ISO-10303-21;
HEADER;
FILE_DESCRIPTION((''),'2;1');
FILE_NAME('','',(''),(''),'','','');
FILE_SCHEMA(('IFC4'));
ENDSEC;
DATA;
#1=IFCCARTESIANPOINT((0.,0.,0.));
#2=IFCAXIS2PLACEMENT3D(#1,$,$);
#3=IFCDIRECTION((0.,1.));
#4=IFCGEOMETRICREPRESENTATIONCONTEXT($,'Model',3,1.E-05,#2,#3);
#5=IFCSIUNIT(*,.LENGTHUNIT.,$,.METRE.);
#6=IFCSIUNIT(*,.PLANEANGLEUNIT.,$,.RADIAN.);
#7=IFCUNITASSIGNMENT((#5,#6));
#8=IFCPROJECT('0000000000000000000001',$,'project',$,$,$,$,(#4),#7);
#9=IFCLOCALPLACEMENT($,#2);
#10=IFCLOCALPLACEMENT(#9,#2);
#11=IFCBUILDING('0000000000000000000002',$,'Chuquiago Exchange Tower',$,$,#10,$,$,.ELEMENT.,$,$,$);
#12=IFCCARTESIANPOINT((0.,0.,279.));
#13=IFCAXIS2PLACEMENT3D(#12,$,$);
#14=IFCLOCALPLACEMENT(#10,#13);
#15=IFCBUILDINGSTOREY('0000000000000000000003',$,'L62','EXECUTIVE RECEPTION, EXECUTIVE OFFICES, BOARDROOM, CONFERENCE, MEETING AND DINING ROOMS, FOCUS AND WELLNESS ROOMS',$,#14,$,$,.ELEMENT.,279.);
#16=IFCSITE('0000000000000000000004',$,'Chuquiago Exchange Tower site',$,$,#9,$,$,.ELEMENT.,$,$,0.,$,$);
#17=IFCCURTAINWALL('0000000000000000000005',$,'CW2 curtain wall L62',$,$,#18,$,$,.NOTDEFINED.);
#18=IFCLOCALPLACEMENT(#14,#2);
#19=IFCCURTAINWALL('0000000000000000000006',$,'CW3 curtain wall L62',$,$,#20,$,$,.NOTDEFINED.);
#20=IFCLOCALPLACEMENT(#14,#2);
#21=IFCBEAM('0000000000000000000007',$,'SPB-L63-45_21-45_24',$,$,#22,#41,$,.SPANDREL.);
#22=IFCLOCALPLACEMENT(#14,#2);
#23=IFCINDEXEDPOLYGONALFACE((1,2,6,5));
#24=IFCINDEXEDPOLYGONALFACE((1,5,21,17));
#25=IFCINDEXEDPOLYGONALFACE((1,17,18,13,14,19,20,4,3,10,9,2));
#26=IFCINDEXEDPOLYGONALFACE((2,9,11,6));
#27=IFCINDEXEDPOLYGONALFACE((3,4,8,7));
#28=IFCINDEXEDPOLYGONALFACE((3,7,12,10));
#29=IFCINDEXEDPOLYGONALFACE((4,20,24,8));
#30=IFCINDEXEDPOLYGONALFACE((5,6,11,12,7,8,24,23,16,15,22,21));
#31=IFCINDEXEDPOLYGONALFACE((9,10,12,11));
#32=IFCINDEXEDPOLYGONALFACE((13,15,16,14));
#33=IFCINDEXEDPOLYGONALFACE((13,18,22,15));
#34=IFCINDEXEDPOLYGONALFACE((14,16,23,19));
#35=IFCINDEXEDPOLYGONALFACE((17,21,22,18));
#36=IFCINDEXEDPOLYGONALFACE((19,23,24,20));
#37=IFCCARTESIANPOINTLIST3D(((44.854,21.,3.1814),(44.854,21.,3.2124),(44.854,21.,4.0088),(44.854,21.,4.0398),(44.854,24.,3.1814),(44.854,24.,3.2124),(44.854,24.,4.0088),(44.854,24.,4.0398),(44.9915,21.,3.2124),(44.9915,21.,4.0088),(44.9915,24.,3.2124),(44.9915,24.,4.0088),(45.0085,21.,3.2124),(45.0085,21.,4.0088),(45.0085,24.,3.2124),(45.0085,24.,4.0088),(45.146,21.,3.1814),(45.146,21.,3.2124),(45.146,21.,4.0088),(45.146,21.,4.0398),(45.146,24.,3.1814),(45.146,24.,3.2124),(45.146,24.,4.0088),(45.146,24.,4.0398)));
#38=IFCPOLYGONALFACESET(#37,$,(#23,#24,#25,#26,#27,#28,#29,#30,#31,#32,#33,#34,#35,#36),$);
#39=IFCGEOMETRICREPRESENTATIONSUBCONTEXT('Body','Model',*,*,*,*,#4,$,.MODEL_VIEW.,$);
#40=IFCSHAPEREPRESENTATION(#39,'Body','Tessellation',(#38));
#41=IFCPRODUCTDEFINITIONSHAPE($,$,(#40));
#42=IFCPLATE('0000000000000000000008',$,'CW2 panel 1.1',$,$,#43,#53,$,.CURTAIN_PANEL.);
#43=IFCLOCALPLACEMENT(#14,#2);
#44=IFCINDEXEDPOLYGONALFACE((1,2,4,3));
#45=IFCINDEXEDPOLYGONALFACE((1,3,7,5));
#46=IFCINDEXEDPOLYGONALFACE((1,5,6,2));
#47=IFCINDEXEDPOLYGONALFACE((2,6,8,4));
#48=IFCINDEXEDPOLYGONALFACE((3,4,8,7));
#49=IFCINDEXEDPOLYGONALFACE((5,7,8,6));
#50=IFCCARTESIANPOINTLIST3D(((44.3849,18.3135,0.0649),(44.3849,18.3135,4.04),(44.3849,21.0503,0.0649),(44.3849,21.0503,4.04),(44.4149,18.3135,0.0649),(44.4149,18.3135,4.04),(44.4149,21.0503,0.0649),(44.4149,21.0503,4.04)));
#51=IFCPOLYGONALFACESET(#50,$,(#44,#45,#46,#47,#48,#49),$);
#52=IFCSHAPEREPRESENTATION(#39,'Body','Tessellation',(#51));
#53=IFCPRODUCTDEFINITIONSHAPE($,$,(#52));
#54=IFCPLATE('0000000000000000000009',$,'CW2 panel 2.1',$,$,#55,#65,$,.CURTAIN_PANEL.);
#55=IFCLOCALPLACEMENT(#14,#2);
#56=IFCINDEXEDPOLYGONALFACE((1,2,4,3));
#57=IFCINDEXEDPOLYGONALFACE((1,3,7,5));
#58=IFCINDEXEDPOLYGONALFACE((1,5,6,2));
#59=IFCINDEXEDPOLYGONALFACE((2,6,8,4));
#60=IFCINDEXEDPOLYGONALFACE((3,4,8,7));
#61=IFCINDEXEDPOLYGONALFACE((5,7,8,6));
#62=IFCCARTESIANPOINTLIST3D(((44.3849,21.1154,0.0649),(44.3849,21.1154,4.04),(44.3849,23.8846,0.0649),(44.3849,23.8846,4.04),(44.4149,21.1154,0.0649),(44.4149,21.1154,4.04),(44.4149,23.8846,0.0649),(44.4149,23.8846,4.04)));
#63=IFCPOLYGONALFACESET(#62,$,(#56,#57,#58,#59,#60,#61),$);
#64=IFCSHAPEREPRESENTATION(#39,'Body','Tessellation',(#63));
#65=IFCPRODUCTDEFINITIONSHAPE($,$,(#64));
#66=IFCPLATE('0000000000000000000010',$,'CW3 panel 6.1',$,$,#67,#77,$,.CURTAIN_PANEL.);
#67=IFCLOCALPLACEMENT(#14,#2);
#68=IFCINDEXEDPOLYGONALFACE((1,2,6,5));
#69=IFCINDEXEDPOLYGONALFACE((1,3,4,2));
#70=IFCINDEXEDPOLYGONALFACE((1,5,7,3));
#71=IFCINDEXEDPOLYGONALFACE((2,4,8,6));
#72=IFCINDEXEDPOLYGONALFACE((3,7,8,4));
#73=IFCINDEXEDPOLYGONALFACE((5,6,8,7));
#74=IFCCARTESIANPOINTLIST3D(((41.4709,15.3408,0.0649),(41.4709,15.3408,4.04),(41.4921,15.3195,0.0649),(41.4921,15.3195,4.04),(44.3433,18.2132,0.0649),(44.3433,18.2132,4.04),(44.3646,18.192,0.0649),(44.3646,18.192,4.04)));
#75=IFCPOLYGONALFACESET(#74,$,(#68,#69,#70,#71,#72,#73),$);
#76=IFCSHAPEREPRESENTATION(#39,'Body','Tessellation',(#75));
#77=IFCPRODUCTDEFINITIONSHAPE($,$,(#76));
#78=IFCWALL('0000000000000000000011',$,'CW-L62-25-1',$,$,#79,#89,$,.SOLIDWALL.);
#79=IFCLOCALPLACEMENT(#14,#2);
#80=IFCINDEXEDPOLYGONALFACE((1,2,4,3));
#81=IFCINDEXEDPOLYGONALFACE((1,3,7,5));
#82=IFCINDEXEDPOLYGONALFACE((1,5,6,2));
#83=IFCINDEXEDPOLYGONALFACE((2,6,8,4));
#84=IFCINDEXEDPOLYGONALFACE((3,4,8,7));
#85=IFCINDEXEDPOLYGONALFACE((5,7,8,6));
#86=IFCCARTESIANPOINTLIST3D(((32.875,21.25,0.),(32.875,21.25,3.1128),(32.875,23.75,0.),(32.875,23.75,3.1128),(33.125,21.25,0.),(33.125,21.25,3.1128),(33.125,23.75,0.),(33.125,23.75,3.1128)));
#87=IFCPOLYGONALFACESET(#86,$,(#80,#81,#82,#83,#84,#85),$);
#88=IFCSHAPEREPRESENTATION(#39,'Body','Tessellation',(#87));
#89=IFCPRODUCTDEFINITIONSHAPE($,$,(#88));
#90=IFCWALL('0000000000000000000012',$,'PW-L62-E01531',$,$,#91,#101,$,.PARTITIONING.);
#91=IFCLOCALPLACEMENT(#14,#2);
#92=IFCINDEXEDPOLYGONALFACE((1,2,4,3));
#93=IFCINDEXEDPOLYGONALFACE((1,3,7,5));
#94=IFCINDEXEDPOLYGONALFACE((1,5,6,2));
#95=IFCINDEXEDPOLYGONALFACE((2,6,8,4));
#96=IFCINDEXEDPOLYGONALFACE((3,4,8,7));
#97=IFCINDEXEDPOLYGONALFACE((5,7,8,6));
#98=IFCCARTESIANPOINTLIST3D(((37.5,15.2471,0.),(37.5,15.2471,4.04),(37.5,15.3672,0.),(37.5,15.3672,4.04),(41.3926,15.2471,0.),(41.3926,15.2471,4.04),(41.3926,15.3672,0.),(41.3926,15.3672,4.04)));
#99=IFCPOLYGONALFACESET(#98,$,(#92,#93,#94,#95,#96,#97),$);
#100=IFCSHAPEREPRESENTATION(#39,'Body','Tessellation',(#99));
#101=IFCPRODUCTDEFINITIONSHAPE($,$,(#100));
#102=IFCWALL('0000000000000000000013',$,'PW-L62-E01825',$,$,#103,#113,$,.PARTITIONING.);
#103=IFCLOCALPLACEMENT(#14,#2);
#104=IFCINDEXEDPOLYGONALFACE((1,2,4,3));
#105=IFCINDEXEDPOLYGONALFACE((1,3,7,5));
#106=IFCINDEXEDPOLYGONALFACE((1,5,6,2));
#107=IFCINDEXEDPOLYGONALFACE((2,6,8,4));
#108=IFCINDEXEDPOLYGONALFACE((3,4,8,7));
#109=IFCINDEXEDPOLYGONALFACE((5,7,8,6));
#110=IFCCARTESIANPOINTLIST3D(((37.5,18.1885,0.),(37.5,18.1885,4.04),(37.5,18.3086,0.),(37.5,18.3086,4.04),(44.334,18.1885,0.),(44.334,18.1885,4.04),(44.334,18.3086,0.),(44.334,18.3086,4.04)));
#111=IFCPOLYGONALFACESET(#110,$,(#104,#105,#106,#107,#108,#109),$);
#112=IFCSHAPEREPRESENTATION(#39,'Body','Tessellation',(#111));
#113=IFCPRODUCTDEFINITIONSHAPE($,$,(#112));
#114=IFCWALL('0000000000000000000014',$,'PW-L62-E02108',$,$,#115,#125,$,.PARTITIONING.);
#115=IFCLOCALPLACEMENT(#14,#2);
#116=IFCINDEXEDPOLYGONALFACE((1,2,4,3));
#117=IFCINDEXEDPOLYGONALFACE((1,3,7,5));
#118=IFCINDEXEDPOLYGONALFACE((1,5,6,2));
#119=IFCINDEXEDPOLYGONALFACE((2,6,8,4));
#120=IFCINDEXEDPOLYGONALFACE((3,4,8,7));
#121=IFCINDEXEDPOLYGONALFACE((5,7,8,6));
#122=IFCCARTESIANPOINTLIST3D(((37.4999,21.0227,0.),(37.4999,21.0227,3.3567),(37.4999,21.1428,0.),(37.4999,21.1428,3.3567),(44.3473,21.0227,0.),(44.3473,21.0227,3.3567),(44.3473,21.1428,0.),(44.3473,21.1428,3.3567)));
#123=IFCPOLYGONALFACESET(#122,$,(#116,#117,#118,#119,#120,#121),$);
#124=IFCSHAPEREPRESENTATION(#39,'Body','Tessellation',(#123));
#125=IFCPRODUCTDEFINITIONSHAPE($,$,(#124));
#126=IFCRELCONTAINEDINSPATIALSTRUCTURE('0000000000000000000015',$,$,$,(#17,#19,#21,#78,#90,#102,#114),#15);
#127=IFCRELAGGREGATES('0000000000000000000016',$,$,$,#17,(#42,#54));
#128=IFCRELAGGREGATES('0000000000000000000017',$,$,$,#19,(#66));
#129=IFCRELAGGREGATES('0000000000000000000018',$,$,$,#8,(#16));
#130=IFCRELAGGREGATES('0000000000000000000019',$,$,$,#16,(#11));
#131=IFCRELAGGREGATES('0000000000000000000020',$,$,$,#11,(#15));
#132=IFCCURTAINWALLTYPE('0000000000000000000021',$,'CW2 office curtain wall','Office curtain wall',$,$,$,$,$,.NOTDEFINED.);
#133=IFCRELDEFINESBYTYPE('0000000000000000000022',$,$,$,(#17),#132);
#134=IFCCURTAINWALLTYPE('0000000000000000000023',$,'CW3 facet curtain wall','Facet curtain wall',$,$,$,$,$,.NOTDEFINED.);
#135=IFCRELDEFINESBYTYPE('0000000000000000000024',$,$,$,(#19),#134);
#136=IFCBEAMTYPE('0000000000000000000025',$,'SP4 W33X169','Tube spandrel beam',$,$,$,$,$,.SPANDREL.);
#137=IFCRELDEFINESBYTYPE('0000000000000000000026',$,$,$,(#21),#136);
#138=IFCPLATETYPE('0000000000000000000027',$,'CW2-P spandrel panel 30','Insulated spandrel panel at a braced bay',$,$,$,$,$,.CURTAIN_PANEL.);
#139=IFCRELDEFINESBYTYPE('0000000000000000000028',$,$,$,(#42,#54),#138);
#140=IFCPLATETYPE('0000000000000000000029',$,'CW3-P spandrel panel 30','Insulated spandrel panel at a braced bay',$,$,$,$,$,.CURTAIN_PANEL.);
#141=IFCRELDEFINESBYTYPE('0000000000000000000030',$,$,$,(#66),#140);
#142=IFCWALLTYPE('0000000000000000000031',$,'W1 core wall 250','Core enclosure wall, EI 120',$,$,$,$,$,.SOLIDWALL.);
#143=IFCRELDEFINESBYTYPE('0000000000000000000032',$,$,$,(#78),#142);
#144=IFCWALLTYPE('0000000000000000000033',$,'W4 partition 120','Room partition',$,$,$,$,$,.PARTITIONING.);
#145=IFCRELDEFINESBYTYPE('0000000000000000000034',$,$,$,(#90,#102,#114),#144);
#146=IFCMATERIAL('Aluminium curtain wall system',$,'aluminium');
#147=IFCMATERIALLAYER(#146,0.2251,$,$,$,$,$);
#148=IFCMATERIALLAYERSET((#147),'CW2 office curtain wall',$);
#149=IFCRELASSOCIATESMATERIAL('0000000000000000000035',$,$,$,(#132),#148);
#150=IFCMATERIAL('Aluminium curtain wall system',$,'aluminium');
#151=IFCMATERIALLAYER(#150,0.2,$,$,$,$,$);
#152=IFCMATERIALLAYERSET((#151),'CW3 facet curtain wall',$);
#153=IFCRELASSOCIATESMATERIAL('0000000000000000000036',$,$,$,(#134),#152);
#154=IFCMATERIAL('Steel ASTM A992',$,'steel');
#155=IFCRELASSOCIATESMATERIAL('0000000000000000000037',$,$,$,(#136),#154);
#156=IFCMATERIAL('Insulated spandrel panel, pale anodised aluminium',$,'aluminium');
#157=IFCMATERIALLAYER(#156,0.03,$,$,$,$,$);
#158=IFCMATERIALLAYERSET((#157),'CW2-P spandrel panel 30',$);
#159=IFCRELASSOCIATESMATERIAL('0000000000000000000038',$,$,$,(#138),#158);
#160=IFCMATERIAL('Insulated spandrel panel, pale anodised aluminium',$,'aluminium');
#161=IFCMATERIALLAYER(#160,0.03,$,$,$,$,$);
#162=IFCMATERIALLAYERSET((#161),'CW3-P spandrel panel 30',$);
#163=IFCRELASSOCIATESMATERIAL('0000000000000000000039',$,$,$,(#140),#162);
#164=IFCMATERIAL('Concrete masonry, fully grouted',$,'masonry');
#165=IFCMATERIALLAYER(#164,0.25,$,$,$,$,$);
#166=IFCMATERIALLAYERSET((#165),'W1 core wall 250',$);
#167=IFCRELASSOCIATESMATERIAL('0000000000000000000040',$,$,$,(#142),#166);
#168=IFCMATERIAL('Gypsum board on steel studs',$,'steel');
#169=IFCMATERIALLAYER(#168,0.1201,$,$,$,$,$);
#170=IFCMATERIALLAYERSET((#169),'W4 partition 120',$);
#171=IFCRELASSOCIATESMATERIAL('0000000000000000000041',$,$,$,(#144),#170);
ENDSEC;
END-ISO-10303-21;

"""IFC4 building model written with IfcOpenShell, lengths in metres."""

from ifc_helpers import new_model, si_unit, direction, frame, frame_2d, origin, origin_2d, place, context, subcontext, project, spatial, rectangle, i_section, extrude, material, layer, layer_set, material_profile, profile_set, type_object, element, aggregate, save


model = new_model("IFC4")

# Units and contexts
model_context = context("Model", 3, precision=1e-05, world=origin(), true_north=direction((0.0, 1.0)))
body_context = subcontext(model_context, "Body", "Model", "MODEL_VIEW")
ifc_project = project(units=[si_unit("LENGTHUNIT", "METRE"), si_unit("PLANEANGLEUNIT", "RADIAN")], contexts=[model_context])

# Site, building, storey
site_placement = place(None, origin())
site = spatial("IfcSite", under=ifc_project, at=site_placement, Name="Chuquiago Exchange Tower site", CompositionType="ELEMENT", RefElevation=0.0)
building_placement = place(site_placement, origin())
building = spatial("IfcBuilding", under=site, at=building_placement, Name="Chuquiago Exchange Tower", CompositionType="ELEMENT")
storey_placement = place(building_placement, frame((0.0, 0.0, 279.0)))
storey = spatial("IfcBuildingStorey", under=building, at=storey_placement, Name="L62", Description="EXECUTIVE RECEPTION, EXECUTIVE OFFICES, BOARDROOM, CONFERENCE, MEETING AND DINING ROOMS, FOCUS AND WELLNESS ROOMS", CompositionType="ELEMENT", Elevation=279.0)

# Curtain walls
ifc_material_1 = material(Name="Aluminium curtain wall system", Category="aluminium")
ifc_layer_1 = layer(ifc_material_1, 0.2251)
ifc_layer_set_1 = layer_set([ifc_layer_1], Name="CW2 office curtain wall")
curtain_wall_type_1 = type_object("IfcCurtainWallType", Name="CW2 office curtain wall", Description="Office curtain wall", PredefinedType="NOTDEFINED", material=ifc_layer_set_1)
curtain_wall_1_placement = place(storey_placement, origin())
curtain_wall_1 = element("IfcCurtainWall", 1, at=curtain_wall_1_placement, inside=storey, type_object=curtain_wall_type_1, Name="CW2 curtain wall L62", PredefinedType="NOTDEFINED")
ifc_material_2 = material(Name="Aluminium curtain wall system", Category="aluminium")
ifc_layer_2 = layer(ifc_material_2, 0.2)
ifc_layer_set_2 = layer_set([ifc_layer_2], Name="CW3 facet curtain wall")
curtain_wall_type_2 = type_object("IfcCurtainWallType", Name="CW3 facet curtain wall", Description="Facet curtain wall", PredefinedType="NOTDEFINED", material=ifc_layer_set_2)
curtain_wall_2_placement = place(storey_placement, origin())
curtain_wall_2 = element("IfcCurtainWall", 2, at=curtain_wall_2_placement, inside=storey, type_object=curtain_wall_type_2, Name="CW3 curtain wall L62", PredefinedType="NOTDEFINED")

# Beam
ifc_material_3 = material(Name="Steel ASTM A992", Category="steel")
ifc_material_profile_1 = material_profile(ifc_material_3, i_section(OverallWidth=0.292, OverallDepth=0.8584, WebThickness=0.0171, FlangeThickness=0.031, at=origin_2d()), Name="W33X169")
ifc_profile_set_1 = profile_set([ifc_material_profile_1], Name="Steel ASTM A992")
beam_type_1 = type_object("IfcBeamType", Name="SP4 W33X169", Description="Tube spandrel beam", PredefinedType="SPANDREL", material=ifc_profile_set_1)
for number, where, z_axis, x_axis, name in (
    (3, (45.0, 21.0, 3.6106), (0.0, 1.0, 0.0), (-1.0, 0.0, 0.0), "SPB-L63-45_21-45_24"),
):
    element("IfcBeam", number, at=place(storey_placement, frame(where, z_axis=z_axis, x_axis=x_axis)), inside=storey, type_object=beam_type_1, Name=name, PredefinedType="SPANDREL", context=body_context, shape_type="SweptSolid", body=[
        extrude(i_section(OverallWidth=0.292, OverallDepth=0.8584, WebThickness=0.0171, FlangeThickness=0.031, at=origin_2d()), origin(), (0.0, 0.0, 1.0), 3.0),
    ])

# Plates
ifc_material_4 = material(Name="Insulated spandrel panel, pale anodised aluminium", Category="aluminium")
ifc_layer_3 = layer(ifc_material_4, 0.03)
ifc_layer_set_3 = layer_set([ifc_layer_3], Name="CW2-P spandrel panel 30")
plate_type_1 = type_object("IfcPlateType", Name="CW2-P spandrel panel 30", Description="Insulated spandrel panel at a braced bay", PredefinedType="CURTAIN_PANEL", material=ifc_layer_set_3)
plate_1_placement = place(storey_placement, frame((44.3999, 19.6819, 0.0649), z_axis=(0.0, 0.0, 1.0), x_axis=(0.0, 1.0, 0.0)))
plate_1 = element("IfcPlate", 4, at=plate_1_placement, type_object=plate_type_1, Name="CW2 panel 1.1", PredefinedType="CURTAIN_PANEL", context=body_context, shape_type="SweptSolid", body=[
    extrude(rectangle(XDim=2.7368, YDim=0.03, at=origin_2d()), origin(), (0.0, 0.0, 1.0), 3.9751),
])
plate_2_placement = place(storey_placement, frame((44.3999, 22.5, 0.0649), z_axis=(0.0, 0.0, 1.0), x_axis=(0.0, 1.0, 0.0)))
plate_2 = element("IfcPlate", 5, at=plate_2_placement, type_object=plate_type_1, Name="CW2 panel 2.1", PredefinedType="CURTAIN_PANEL", context=body_context, shape_type="SweptSolid", body=[
    extrude(rectangle(XDim=2.7693, YDim=0.03, at=origin_2d()), origin(), (0.0, 0.0, 1.0), 3.9751),
])
aggregate(curtain_wall_1, [plate_1, plate_2])
ifc_material_5 = material(Name="Insulated spandrel panel, pale anodised aluminium", Category="aluminium")
ifc_layer_4 = layer(ifc_material_5, 0.03)
ifc_layer_set_4 = layer_set([ifc_layer_4], Name="CW3-P spandrel panel 30")
plate_type_2 = type_object("IfcPlateType", Name="CW3-P spandrel panel 30", Description="Insulated spandrel panel at a braced bay", PredefinedType="CURTAIN_PANEL", material=ifc_layer_set_4)
plate_3_placement = place(storey_placement, frame((42.9177, 16.7664, 0.0649), z_axis=(0.0, 0.0, 1.0), x_axis=(0.707107, 0.707107, 0.0)))
plate_3 = element("IfcPlate", 6, at=plate_3_placement, type_object=plate_type_2, Name="CW3 panel 6.1", PredefinedType="CURTAIN_PANEL", context=body_context, shape_type="SweptSolid", body=[
    extrude(rectangle(XDim=4.0623, YDim=0.03, at=origin_2d()), origin(), (0.0, 0.0, 1.0), 3.9751),
])
aggregate(curtain_wall_2, [plate_3])

# Walls
ifc_material_6 = material(Name="Concrete masonry, fully grouted", Category="masonry")
ifc_layer_5 = layer(ifc_material_6, 0.25)
ifc_layer_set_5 = layer_set([ifc_layer_5], Name="W1 core wall 250")
wall_type_1 = type_object("IfcWallType", Name="W1 core wall 250", Description="Core enclosure wall, EI 120", PredefinedType="SOLIDWALL", material=ifc_layer_set_5)
wall_1_placement = place(storey_placement, frame((33.0, 21.25, 0.0), z_axis=(0.0, 0.0, 1.0), x_axis=(0.0, 1.0, 0.0)))
element("IfcWall", 7, at=wall_1_placement, inside=storey, type_object=wall_type_1, Name="CW-L62-25-1", PredefinedType="SOLIDWALL", context=body_context, shape_type="SweptSolid", body=[
    extrude(rectangle(XDim=2.5, YDim=0.25, at=frame_2d((1.25, 0.0))), origin(), (0.0, 0.0, 1.0), 3.1128),
])
ifc_material_7 = material(Name="Gypsum board on steel studs", Category="steel")
ifc_layer_6 = layer(ifc_material_7, 0.1201)
ifc_layer_set_6 = layer_set([ifc_layer_6], Name="W4 partition 120")
wall_type_2 = type_object("IfcWallType", Name="W4 partition 120", Description="Room partition", PredefinedType="PARTITIONING", material=ifc_layer_set_6)
wall_2_placement = place(storey_placement, frame((41.3926, 15.3071, 0.0), z_axis=(0.0, 0.0, 1.0), x_axis=(-1.0, 0.0, 0.0)))
element("IfcWall", 8, at=wall_2_placement, inside=storey, type_object=wall_type_2, Name="PW-L62-E01531", PredefinedType="PARTITIONING", context=body_context, shape_type="SweptSolid", body=[
    extrude(rectangle(XDim=3.8926, YDim=0.1201, at=frame_2d((1.9463, 0.0))), origin(), (0.0, 0.0, 1.0), 4.04),
])
wall_3_placement = place(storey_placement, frame((44.334, 18.2485, 0.0), z_axis=(0.0, 0.0, 1.0), x_axis=(-1.0, 0.0, 0.0)))
element("IfcWall", 9, at=wall_3_placement, inside=storey, type_object=wall_type_2, Name="PW-L62-E01825", PredefinedType="PARTITIONING", context=body_context, shape_type="SweptSolid", body=[
    extrude(rectangle(XDim=6.834, YDim=0.1201, at=frame_2d((3.417, 0.0))), origin(), (0.0, 0.0, 1.0), 4.04),
])
wall_4_placement = place(storey_placement, frame((44.3474, 21.0828, 0.0), z_axis=(0.0, 0.0, 1.0), x_axis=(-1.0, 0.0, 0.0)))
element("IfcWall", 10, at=wall_4_placement, inside=storey, type_object=wall_type_2, Name="PW-L62-E02108", PredefinedType="PARTITIONING", context=body_context, shape_type="SweptSolid", body=[
    extrude(rectangle(XDim=6.8474, YDim=0.1201, at=frame_2d((3.4238, 0.0))), origin(), (0.0, 0.0, 1.0), 3.3567),
])

save(model, "model.ifc")
